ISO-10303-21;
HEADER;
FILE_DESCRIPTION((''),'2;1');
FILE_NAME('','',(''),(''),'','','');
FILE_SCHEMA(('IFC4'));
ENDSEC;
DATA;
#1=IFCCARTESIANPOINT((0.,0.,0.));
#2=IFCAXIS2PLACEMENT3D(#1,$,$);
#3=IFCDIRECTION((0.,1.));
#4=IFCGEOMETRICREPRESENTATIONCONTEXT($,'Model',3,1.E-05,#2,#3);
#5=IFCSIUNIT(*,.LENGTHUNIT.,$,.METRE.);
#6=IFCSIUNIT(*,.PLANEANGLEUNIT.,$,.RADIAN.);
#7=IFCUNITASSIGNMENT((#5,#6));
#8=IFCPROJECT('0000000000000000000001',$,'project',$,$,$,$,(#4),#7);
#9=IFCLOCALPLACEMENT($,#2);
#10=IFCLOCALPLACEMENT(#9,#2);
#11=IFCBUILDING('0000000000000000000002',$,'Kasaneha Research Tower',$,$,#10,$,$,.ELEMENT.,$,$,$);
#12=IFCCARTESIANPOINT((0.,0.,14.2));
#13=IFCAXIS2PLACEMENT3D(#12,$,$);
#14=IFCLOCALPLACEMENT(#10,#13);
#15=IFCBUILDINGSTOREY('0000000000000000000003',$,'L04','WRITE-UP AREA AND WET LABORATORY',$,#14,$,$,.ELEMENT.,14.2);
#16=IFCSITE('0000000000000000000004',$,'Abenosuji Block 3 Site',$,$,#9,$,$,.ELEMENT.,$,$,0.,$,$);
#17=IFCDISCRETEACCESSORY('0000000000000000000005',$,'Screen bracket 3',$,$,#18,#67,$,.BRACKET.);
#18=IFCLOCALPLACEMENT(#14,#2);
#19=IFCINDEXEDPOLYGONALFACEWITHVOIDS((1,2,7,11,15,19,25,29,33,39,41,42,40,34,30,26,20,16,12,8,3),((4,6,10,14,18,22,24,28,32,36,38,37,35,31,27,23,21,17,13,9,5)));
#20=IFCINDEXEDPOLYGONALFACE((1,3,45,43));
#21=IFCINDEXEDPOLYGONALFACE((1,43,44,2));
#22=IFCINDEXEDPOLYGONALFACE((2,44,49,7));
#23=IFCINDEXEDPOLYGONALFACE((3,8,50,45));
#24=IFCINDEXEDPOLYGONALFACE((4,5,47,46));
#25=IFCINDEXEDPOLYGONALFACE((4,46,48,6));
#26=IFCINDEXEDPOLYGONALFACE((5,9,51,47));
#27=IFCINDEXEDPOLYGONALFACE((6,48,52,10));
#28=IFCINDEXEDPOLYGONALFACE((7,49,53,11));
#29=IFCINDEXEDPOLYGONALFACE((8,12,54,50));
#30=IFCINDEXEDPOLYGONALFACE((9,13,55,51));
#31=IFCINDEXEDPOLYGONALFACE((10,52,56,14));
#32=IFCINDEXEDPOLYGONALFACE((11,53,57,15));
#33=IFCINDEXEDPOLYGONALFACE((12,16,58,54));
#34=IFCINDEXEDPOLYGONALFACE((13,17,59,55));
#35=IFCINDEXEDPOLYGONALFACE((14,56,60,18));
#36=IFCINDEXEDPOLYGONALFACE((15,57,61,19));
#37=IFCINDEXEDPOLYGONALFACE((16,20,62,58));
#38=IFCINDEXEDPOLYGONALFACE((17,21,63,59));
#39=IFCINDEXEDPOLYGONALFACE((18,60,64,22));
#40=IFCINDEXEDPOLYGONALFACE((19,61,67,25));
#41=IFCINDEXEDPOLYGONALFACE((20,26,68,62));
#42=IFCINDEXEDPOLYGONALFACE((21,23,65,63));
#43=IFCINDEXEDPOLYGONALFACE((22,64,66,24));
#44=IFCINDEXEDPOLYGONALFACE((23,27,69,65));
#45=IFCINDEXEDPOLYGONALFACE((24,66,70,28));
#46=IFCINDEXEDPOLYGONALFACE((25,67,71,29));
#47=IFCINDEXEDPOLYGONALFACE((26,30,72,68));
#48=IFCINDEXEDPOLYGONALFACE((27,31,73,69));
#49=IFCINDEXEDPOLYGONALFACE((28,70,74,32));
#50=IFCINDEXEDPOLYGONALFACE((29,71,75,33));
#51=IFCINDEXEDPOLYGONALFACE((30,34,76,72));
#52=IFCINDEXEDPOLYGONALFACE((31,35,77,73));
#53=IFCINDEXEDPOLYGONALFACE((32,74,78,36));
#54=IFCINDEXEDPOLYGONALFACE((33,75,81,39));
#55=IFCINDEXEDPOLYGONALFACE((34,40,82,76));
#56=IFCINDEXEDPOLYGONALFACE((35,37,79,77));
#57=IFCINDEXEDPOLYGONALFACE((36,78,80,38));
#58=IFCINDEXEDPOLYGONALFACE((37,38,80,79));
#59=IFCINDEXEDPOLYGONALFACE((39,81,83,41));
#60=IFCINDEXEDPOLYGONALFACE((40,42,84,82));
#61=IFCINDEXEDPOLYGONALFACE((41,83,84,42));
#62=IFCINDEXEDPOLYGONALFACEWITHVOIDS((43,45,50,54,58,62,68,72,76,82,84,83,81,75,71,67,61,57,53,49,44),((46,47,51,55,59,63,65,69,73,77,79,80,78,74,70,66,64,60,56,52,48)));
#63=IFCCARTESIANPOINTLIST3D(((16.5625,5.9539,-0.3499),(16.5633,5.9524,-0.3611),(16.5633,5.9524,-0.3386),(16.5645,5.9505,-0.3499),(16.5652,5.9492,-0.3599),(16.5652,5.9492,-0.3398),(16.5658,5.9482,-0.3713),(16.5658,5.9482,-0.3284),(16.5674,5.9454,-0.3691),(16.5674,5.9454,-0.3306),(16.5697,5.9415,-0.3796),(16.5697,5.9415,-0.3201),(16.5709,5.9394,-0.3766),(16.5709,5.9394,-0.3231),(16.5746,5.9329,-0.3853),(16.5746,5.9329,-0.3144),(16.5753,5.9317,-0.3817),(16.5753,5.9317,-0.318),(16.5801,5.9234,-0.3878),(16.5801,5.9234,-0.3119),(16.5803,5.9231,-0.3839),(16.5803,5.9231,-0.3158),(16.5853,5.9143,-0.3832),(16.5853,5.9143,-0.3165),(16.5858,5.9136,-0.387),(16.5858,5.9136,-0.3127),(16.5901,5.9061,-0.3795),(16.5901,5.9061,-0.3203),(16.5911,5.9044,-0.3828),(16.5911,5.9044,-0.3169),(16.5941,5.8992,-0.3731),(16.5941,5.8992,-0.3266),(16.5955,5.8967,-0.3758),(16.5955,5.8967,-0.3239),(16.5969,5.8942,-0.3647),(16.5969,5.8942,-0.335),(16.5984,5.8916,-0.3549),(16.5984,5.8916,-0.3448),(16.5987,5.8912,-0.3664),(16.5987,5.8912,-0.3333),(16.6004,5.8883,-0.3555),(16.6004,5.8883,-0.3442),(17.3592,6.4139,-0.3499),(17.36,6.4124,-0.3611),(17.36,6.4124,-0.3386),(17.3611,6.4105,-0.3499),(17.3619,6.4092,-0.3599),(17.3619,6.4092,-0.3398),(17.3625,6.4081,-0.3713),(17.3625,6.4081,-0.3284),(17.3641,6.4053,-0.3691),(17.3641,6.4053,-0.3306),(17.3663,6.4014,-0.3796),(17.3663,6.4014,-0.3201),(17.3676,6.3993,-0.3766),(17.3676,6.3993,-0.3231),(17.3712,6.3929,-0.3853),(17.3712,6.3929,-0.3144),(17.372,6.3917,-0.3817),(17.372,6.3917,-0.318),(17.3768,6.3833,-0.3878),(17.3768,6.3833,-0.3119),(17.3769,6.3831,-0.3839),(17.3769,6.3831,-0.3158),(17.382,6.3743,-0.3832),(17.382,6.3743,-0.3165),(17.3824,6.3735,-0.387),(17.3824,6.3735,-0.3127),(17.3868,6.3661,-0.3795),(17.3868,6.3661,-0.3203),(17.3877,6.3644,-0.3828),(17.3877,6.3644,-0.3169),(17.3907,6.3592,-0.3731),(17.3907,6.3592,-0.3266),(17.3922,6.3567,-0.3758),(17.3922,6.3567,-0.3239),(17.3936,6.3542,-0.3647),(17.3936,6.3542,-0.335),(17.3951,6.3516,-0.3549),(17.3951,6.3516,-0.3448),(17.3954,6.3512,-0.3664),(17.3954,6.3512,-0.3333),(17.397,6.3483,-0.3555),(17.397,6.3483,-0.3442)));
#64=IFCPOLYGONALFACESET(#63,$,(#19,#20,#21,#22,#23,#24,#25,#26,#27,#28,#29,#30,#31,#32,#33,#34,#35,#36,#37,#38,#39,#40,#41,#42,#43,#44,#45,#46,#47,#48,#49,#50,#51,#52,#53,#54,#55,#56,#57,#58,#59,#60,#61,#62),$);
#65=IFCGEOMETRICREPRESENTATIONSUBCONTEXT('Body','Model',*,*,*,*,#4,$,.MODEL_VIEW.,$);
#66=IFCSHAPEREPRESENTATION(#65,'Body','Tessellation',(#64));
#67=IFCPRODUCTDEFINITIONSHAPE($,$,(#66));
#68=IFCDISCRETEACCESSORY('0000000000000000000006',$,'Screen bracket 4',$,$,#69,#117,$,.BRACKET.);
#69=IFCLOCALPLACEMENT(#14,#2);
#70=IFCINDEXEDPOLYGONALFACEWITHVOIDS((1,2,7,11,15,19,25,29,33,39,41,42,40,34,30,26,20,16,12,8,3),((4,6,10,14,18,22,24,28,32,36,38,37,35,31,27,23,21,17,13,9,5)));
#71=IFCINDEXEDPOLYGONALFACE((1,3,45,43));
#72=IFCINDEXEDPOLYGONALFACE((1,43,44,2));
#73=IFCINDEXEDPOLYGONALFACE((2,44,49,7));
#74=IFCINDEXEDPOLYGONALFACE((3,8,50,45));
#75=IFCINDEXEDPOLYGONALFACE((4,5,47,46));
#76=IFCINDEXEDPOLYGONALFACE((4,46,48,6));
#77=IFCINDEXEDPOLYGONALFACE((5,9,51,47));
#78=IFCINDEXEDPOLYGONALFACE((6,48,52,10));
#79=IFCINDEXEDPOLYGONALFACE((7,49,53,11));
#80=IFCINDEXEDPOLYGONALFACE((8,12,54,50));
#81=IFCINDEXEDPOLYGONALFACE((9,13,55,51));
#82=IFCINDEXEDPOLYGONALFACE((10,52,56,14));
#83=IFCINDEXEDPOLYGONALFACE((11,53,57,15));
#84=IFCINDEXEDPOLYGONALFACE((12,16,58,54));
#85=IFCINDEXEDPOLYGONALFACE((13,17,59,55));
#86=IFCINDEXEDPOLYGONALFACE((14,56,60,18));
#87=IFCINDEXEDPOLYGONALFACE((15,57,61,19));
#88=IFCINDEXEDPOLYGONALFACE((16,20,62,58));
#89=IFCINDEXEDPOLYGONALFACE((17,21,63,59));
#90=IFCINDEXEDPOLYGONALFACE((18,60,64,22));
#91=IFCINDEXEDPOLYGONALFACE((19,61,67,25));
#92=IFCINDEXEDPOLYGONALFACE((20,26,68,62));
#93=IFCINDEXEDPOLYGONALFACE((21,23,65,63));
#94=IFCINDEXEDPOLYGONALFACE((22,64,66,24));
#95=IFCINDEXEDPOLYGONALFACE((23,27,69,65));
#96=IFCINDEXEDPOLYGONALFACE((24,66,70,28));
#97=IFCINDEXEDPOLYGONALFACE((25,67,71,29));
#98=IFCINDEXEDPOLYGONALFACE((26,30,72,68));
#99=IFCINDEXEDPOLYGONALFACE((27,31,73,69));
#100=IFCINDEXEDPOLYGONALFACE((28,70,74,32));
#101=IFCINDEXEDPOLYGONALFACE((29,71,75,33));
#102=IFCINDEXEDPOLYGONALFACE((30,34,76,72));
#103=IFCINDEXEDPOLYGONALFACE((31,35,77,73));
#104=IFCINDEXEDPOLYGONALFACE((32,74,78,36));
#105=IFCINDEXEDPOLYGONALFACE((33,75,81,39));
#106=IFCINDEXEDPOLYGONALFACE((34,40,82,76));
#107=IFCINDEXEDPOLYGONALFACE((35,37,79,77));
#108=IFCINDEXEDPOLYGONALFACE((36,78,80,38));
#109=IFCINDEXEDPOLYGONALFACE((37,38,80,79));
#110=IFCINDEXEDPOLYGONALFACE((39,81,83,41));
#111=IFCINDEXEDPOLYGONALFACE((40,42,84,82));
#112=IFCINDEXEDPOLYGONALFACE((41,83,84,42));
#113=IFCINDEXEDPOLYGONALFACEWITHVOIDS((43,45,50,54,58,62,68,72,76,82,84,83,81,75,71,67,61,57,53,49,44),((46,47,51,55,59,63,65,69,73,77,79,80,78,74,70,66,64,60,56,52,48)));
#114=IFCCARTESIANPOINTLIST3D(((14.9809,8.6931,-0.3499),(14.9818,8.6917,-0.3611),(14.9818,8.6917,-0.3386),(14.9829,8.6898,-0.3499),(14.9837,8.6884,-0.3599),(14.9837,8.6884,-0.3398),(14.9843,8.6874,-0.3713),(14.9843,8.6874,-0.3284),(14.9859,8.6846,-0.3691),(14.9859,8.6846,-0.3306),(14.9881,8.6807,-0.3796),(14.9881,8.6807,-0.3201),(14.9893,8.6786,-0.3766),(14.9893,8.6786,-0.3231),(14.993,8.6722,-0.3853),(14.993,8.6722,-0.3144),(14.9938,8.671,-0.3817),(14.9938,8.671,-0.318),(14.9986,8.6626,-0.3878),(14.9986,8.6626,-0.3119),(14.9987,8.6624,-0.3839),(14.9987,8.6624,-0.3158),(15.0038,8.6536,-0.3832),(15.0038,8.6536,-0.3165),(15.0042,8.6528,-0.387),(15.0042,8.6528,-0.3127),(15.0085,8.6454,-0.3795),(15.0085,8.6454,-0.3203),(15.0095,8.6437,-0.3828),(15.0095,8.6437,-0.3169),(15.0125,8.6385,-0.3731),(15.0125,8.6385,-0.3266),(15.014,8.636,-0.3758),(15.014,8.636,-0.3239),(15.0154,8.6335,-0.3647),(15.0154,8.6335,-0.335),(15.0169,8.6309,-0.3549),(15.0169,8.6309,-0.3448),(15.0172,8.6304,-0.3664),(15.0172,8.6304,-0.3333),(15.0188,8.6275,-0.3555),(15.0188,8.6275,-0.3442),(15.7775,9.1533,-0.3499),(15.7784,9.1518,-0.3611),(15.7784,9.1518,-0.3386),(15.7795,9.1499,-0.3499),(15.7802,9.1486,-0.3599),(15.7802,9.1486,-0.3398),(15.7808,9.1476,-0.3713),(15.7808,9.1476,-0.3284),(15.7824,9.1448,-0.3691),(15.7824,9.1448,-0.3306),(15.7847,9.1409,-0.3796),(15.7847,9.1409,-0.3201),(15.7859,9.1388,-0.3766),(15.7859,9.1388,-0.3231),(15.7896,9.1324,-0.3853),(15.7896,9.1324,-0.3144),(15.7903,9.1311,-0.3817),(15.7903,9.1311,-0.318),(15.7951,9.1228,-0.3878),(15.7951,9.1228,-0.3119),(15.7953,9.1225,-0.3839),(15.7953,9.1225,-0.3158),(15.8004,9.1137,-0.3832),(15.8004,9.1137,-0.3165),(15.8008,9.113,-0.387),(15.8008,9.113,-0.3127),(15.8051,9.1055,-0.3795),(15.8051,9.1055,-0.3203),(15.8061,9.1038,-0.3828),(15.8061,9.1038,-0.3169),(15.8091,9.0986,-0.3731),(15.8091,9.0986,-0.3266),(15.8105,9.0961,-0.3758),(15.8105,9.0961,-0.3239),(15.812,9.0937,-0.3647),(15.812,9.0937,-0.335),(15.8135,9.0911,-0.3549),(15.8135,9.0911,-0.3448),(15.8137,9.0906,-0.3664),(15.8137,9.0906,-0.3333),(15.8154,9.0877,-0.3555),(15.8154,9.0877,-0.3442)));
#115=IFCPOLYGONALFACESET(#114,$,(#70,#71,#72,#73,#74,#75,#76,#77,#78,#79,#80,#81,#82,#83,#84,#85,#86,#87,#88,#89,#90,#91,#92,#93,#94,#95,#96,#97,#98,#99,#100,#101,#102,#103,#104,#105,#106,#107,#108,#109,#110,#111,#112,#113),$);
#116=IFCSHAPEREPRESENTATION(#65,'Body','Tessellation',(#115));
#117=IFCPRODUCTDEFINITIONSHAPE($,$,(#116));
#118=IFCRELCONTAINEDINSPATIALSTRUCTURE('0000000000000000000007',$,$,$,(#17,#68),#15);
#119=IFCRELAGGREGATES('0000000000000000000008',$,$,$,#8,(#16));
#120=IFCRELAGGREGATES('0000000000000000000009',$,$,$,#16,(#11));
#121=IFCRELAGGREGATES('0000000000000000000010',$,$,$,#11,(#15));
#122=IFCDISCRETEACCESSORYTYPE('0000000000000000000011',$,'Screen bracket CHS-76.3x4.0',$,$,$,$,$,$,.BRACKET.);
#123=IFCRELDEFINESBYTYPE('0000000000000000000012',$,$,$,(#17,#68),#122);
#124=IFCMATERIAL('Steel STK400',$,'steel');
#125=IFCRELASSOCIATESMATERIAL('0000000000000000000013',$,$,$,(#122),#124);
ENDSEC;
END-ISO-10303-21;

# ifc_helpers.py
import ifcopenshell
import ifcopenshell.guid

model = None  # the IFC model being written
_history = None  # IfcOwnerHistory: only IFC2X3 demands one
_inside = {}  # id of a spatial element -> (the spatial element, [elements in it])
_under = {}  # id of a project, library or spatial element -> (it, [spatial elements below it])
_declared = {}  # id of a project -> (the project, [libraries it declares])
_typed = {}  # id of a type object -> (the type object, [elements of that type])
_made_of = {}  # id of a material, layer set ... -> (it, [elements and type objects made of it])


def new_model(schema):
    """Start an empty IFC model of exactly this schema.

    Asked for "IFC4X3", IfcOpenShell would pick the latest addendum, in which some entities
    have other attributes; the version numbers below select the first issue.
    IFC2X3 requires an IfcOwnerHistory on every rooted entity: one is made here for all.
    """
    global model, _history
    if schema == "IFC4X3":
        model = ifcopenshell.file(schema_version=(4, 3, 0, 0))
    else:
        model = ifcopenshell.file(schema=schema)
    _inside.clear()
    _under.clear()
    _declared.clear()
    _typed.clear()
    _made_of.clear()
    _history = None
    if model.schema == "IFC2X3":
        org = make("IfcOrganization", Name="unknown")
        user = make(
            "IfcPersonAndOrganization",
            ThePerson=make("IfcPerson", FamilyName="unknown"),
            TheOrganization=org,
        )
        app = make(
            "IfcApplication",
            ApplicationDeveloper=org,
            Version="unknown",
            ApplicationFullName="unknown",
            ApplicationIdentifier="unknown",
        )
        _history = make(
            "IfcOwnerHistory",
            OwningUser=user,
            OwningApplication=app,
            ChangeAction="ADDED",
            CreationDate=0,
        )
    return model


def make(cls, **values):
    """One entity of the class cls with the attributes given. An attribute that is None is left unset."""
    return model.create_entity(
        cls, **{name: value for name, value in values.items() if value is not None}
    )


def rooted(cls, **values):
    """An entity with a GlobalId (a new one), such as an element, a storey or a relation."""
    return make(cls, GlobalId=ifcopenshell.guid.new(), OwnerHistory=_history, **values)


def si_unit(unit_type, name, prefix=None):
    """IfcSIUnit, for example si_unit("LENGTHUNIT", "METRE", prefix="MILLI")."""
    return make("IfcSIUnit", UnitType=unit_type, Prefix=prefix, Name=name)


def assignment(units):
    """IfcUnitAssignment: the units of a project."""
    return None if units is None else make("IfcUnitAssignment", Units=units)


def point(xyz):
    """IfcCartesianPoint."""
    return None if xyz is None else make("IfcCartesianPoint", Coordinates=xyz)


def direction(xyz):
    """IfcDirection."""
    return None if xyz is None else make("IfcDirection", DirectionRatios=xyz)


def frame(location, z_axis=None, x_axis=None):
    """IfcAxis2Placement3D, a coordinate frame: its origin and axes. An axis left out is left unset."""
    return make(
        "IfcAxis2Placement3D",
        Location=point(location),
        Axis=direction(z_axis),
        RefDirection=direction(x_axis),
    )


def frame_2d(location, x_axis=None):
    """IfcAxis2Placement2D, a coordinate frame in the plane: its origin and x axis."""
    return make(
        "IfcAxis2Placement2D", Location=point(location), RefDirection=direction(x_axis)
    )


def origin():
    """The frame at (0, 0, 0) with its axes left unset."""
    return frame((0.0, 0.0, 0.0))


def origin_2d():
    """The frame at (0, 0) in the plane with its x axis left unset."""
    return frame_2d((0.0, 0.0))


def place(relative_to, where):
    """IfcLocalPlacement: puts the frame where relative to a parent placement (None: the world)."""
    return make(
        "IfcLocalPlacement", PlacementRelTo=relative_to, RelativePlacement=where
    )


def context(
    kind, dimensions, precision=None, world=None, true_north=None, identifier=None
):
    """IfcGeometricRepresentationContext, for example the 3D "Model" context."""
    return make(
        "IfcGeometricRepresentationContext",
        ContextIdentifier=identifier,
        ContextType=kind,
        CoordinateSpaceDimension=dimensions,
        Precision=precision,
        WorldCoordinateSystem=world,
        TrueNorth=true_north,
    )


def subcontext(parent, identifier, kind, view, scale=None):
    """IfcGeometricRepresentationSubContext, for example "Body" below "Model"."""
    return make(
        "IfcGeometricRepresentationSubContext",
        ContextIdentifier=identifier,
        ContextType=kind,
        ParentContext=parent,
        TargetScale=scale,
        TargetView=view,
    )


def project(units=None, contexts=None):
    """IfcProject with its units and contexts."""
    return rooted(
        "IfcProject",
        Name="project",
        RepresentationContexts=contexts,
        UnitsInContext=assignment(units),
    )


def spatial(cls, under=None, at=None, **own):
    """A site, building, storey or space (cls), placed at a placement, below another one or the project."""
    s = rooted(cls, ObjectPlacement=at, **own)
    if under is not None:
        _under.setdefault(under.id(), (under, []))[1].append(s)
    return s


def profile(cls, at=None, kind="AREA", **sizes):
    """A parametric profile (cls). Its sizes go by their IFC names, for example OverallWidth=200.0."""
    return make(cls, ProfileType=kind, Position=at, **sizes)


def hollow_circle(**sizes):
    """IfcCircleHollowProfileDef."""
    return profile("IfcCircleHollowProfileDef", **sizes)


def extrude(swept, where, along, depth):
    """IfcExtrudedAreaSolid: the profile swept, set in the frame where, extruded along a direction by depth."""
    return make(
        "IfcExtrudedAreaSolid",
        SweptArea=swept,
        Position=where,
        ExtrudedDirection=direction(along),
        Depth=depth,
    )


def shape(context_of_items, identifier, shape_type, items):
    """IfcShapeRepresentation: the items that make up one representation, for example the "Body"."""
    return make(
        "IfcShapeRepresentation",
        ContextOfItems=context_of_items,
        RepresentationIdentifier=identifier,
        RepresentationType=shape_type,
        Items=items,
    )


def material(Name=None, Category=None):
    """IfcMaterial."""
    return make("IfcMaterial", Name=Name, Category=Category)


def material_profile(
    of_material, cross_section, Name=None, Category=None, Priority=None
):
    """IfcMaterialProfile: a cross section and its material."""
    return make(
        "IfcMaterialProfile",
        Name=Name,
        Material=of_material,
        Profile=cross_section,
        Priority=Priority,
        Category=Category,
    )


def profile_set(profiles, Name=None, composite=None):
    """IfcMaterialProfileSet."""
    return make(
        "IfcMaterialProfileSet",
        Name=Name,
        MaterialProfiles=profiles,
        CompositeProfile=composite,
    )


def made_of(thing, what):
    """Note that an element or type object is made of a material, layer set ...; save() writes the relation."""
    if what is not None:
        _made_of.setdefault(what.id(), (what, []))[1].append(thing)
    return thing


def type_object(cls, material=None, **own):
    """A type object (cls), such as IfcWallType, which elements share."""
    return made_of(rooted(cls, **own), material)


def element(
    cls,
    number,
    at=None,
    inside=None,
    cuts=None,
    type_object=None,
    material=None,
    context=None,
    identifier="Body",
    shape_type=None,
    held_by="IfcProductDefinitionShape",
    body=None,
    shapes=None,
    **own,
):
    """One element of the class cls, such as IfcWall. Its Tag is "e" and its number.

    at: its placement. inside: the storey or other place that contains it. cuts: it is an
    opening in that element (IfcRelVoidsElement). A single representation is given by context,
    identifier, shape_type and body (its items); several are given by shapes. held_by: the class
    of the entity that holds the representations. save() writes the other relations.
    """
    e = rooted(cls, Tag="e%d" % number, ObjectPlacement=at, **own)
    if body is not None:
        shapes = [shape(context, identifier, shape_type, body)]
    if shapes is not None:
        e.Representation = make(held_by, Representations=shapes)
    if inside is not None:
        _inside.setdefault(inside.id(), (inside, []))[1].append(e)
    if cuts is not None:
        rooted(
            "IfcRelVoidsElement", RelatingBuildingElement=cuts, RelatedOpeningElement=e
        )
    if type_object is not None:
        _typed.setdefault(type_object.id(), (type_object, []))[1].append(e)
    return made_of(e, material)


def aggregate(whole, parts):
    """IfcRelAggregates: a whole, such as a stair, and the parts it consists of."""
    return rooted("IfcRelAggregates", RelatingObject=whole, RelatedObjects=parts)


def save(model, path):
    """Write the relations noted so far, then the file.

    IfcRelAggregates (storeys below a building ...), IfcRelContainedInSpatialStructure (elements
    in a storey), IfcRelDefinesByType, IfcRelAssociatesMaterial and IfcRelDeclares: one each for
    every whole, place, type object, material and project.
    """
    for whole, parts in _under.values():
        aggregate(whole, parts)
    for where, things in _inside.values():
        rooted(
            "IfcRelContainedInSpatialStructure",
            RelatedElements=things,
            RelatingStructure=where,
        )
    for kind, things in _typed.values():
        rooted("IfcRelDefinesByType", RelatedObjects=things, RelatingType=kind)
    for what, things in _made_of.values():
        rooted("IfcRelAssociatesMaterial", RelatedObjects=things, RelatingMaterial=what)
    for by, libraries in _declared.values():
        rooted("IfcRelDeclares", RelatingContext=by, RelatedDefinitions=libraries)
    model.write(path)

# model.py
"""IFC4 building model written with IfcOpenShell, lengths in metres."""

from ifc_helpers import new_model, si_unit, direction, frame, origin, origin_2d, place, context, subcontext, project, spatial, hollow_circle, extrude, material, material_profile, profile_set, type_object, element, save


model = new_model("IFC4")

# Units and contexts
model_context = context("Model", 3, precision=1e-05, world=origin(), true_north=direction((0.0, 1.0)))
body_context = subcontext(model_context, "Body", "Model", "MODEL_VIEW")
ifc_project = project(units=[si_unit("LENGTHUNIT", "METRE"), si_unit("PLANEANGLEUNIT", "RADIAN")], contexts=[model_context])

# Site, building, storey
site_placement = place(None, origin())
site = spatial("IfcSite", under=ifc_project, at=site_placement, Name="Abenosuji Block 3 Site", CompositionType="ELEMENT", RefElevation=0.0)
building_placement = place(site_placement, origin())
building = spatial("IfcBuilding", under=site, at=building_placement, Name="Kasaneha Research Tower", CompositionType="ELEMENT")
storey_placement = place(building_placement, frame((0.0, 0.0, 14.2)))
storey = spatial("IfcBuildingStorey", under=building, at=storey_placement, Name="L04", Description="WRITE-UP AREA AND WET LABORATORY", CompositionType="ELEMENT", Elevation=14.2)

# Discrete accessories
ifc_material_1 = material(Name="Steel STK400", Category="steel")
ifc_material_profile_1 = material_profile(ifc_material_1, hollow_circle(Radius=0.0381, WallThickness=0.0039, at=origin_2d()), Name="CHS-76.3x4.0")
ifc_profile_set_1 = profile_set([ifc_material_profile_1], Name="Steel STK400")
discrete_accessory_type = type_object("IfcDiscreteAccessoryType", Name="Screen bracket CHS-76.3x4.0", PredefinedType="BRACKET", material=ifc_profile_set_1)
for number, where, z_axis, x_axis, name in (
    (1, (16.5815, 5.9209, -0.3499), (0.866013, 0.500021, 0.0), (-0.500021, 0.866013, 0.0), "Screen bracket 3"),
    (2, (15.0, 8.6602, -0.3499), (0.865898, 0.50022, 0.0), (-0.50022, 0.865898, 0.0), "Screen bracket 4"),
):
    element("IfcDiscreteAccessory", number, at=place(storey_placement, frame(where, z_axis=z_axis, x_axis=x_axis)), inside=storey, type_object=discrete_accessory_type, Name=name, PredefinedType="BRACKET", context=body_context, shape_type="SweptSolid", body=[
        extrude(hollow_circle(Radius=0.0381, WallThickness=0.0039, at=origin_2d()), origin(), (0.0, 0.0, 1.0), 0.9199),
    ])

save(model, "model.ifc")
